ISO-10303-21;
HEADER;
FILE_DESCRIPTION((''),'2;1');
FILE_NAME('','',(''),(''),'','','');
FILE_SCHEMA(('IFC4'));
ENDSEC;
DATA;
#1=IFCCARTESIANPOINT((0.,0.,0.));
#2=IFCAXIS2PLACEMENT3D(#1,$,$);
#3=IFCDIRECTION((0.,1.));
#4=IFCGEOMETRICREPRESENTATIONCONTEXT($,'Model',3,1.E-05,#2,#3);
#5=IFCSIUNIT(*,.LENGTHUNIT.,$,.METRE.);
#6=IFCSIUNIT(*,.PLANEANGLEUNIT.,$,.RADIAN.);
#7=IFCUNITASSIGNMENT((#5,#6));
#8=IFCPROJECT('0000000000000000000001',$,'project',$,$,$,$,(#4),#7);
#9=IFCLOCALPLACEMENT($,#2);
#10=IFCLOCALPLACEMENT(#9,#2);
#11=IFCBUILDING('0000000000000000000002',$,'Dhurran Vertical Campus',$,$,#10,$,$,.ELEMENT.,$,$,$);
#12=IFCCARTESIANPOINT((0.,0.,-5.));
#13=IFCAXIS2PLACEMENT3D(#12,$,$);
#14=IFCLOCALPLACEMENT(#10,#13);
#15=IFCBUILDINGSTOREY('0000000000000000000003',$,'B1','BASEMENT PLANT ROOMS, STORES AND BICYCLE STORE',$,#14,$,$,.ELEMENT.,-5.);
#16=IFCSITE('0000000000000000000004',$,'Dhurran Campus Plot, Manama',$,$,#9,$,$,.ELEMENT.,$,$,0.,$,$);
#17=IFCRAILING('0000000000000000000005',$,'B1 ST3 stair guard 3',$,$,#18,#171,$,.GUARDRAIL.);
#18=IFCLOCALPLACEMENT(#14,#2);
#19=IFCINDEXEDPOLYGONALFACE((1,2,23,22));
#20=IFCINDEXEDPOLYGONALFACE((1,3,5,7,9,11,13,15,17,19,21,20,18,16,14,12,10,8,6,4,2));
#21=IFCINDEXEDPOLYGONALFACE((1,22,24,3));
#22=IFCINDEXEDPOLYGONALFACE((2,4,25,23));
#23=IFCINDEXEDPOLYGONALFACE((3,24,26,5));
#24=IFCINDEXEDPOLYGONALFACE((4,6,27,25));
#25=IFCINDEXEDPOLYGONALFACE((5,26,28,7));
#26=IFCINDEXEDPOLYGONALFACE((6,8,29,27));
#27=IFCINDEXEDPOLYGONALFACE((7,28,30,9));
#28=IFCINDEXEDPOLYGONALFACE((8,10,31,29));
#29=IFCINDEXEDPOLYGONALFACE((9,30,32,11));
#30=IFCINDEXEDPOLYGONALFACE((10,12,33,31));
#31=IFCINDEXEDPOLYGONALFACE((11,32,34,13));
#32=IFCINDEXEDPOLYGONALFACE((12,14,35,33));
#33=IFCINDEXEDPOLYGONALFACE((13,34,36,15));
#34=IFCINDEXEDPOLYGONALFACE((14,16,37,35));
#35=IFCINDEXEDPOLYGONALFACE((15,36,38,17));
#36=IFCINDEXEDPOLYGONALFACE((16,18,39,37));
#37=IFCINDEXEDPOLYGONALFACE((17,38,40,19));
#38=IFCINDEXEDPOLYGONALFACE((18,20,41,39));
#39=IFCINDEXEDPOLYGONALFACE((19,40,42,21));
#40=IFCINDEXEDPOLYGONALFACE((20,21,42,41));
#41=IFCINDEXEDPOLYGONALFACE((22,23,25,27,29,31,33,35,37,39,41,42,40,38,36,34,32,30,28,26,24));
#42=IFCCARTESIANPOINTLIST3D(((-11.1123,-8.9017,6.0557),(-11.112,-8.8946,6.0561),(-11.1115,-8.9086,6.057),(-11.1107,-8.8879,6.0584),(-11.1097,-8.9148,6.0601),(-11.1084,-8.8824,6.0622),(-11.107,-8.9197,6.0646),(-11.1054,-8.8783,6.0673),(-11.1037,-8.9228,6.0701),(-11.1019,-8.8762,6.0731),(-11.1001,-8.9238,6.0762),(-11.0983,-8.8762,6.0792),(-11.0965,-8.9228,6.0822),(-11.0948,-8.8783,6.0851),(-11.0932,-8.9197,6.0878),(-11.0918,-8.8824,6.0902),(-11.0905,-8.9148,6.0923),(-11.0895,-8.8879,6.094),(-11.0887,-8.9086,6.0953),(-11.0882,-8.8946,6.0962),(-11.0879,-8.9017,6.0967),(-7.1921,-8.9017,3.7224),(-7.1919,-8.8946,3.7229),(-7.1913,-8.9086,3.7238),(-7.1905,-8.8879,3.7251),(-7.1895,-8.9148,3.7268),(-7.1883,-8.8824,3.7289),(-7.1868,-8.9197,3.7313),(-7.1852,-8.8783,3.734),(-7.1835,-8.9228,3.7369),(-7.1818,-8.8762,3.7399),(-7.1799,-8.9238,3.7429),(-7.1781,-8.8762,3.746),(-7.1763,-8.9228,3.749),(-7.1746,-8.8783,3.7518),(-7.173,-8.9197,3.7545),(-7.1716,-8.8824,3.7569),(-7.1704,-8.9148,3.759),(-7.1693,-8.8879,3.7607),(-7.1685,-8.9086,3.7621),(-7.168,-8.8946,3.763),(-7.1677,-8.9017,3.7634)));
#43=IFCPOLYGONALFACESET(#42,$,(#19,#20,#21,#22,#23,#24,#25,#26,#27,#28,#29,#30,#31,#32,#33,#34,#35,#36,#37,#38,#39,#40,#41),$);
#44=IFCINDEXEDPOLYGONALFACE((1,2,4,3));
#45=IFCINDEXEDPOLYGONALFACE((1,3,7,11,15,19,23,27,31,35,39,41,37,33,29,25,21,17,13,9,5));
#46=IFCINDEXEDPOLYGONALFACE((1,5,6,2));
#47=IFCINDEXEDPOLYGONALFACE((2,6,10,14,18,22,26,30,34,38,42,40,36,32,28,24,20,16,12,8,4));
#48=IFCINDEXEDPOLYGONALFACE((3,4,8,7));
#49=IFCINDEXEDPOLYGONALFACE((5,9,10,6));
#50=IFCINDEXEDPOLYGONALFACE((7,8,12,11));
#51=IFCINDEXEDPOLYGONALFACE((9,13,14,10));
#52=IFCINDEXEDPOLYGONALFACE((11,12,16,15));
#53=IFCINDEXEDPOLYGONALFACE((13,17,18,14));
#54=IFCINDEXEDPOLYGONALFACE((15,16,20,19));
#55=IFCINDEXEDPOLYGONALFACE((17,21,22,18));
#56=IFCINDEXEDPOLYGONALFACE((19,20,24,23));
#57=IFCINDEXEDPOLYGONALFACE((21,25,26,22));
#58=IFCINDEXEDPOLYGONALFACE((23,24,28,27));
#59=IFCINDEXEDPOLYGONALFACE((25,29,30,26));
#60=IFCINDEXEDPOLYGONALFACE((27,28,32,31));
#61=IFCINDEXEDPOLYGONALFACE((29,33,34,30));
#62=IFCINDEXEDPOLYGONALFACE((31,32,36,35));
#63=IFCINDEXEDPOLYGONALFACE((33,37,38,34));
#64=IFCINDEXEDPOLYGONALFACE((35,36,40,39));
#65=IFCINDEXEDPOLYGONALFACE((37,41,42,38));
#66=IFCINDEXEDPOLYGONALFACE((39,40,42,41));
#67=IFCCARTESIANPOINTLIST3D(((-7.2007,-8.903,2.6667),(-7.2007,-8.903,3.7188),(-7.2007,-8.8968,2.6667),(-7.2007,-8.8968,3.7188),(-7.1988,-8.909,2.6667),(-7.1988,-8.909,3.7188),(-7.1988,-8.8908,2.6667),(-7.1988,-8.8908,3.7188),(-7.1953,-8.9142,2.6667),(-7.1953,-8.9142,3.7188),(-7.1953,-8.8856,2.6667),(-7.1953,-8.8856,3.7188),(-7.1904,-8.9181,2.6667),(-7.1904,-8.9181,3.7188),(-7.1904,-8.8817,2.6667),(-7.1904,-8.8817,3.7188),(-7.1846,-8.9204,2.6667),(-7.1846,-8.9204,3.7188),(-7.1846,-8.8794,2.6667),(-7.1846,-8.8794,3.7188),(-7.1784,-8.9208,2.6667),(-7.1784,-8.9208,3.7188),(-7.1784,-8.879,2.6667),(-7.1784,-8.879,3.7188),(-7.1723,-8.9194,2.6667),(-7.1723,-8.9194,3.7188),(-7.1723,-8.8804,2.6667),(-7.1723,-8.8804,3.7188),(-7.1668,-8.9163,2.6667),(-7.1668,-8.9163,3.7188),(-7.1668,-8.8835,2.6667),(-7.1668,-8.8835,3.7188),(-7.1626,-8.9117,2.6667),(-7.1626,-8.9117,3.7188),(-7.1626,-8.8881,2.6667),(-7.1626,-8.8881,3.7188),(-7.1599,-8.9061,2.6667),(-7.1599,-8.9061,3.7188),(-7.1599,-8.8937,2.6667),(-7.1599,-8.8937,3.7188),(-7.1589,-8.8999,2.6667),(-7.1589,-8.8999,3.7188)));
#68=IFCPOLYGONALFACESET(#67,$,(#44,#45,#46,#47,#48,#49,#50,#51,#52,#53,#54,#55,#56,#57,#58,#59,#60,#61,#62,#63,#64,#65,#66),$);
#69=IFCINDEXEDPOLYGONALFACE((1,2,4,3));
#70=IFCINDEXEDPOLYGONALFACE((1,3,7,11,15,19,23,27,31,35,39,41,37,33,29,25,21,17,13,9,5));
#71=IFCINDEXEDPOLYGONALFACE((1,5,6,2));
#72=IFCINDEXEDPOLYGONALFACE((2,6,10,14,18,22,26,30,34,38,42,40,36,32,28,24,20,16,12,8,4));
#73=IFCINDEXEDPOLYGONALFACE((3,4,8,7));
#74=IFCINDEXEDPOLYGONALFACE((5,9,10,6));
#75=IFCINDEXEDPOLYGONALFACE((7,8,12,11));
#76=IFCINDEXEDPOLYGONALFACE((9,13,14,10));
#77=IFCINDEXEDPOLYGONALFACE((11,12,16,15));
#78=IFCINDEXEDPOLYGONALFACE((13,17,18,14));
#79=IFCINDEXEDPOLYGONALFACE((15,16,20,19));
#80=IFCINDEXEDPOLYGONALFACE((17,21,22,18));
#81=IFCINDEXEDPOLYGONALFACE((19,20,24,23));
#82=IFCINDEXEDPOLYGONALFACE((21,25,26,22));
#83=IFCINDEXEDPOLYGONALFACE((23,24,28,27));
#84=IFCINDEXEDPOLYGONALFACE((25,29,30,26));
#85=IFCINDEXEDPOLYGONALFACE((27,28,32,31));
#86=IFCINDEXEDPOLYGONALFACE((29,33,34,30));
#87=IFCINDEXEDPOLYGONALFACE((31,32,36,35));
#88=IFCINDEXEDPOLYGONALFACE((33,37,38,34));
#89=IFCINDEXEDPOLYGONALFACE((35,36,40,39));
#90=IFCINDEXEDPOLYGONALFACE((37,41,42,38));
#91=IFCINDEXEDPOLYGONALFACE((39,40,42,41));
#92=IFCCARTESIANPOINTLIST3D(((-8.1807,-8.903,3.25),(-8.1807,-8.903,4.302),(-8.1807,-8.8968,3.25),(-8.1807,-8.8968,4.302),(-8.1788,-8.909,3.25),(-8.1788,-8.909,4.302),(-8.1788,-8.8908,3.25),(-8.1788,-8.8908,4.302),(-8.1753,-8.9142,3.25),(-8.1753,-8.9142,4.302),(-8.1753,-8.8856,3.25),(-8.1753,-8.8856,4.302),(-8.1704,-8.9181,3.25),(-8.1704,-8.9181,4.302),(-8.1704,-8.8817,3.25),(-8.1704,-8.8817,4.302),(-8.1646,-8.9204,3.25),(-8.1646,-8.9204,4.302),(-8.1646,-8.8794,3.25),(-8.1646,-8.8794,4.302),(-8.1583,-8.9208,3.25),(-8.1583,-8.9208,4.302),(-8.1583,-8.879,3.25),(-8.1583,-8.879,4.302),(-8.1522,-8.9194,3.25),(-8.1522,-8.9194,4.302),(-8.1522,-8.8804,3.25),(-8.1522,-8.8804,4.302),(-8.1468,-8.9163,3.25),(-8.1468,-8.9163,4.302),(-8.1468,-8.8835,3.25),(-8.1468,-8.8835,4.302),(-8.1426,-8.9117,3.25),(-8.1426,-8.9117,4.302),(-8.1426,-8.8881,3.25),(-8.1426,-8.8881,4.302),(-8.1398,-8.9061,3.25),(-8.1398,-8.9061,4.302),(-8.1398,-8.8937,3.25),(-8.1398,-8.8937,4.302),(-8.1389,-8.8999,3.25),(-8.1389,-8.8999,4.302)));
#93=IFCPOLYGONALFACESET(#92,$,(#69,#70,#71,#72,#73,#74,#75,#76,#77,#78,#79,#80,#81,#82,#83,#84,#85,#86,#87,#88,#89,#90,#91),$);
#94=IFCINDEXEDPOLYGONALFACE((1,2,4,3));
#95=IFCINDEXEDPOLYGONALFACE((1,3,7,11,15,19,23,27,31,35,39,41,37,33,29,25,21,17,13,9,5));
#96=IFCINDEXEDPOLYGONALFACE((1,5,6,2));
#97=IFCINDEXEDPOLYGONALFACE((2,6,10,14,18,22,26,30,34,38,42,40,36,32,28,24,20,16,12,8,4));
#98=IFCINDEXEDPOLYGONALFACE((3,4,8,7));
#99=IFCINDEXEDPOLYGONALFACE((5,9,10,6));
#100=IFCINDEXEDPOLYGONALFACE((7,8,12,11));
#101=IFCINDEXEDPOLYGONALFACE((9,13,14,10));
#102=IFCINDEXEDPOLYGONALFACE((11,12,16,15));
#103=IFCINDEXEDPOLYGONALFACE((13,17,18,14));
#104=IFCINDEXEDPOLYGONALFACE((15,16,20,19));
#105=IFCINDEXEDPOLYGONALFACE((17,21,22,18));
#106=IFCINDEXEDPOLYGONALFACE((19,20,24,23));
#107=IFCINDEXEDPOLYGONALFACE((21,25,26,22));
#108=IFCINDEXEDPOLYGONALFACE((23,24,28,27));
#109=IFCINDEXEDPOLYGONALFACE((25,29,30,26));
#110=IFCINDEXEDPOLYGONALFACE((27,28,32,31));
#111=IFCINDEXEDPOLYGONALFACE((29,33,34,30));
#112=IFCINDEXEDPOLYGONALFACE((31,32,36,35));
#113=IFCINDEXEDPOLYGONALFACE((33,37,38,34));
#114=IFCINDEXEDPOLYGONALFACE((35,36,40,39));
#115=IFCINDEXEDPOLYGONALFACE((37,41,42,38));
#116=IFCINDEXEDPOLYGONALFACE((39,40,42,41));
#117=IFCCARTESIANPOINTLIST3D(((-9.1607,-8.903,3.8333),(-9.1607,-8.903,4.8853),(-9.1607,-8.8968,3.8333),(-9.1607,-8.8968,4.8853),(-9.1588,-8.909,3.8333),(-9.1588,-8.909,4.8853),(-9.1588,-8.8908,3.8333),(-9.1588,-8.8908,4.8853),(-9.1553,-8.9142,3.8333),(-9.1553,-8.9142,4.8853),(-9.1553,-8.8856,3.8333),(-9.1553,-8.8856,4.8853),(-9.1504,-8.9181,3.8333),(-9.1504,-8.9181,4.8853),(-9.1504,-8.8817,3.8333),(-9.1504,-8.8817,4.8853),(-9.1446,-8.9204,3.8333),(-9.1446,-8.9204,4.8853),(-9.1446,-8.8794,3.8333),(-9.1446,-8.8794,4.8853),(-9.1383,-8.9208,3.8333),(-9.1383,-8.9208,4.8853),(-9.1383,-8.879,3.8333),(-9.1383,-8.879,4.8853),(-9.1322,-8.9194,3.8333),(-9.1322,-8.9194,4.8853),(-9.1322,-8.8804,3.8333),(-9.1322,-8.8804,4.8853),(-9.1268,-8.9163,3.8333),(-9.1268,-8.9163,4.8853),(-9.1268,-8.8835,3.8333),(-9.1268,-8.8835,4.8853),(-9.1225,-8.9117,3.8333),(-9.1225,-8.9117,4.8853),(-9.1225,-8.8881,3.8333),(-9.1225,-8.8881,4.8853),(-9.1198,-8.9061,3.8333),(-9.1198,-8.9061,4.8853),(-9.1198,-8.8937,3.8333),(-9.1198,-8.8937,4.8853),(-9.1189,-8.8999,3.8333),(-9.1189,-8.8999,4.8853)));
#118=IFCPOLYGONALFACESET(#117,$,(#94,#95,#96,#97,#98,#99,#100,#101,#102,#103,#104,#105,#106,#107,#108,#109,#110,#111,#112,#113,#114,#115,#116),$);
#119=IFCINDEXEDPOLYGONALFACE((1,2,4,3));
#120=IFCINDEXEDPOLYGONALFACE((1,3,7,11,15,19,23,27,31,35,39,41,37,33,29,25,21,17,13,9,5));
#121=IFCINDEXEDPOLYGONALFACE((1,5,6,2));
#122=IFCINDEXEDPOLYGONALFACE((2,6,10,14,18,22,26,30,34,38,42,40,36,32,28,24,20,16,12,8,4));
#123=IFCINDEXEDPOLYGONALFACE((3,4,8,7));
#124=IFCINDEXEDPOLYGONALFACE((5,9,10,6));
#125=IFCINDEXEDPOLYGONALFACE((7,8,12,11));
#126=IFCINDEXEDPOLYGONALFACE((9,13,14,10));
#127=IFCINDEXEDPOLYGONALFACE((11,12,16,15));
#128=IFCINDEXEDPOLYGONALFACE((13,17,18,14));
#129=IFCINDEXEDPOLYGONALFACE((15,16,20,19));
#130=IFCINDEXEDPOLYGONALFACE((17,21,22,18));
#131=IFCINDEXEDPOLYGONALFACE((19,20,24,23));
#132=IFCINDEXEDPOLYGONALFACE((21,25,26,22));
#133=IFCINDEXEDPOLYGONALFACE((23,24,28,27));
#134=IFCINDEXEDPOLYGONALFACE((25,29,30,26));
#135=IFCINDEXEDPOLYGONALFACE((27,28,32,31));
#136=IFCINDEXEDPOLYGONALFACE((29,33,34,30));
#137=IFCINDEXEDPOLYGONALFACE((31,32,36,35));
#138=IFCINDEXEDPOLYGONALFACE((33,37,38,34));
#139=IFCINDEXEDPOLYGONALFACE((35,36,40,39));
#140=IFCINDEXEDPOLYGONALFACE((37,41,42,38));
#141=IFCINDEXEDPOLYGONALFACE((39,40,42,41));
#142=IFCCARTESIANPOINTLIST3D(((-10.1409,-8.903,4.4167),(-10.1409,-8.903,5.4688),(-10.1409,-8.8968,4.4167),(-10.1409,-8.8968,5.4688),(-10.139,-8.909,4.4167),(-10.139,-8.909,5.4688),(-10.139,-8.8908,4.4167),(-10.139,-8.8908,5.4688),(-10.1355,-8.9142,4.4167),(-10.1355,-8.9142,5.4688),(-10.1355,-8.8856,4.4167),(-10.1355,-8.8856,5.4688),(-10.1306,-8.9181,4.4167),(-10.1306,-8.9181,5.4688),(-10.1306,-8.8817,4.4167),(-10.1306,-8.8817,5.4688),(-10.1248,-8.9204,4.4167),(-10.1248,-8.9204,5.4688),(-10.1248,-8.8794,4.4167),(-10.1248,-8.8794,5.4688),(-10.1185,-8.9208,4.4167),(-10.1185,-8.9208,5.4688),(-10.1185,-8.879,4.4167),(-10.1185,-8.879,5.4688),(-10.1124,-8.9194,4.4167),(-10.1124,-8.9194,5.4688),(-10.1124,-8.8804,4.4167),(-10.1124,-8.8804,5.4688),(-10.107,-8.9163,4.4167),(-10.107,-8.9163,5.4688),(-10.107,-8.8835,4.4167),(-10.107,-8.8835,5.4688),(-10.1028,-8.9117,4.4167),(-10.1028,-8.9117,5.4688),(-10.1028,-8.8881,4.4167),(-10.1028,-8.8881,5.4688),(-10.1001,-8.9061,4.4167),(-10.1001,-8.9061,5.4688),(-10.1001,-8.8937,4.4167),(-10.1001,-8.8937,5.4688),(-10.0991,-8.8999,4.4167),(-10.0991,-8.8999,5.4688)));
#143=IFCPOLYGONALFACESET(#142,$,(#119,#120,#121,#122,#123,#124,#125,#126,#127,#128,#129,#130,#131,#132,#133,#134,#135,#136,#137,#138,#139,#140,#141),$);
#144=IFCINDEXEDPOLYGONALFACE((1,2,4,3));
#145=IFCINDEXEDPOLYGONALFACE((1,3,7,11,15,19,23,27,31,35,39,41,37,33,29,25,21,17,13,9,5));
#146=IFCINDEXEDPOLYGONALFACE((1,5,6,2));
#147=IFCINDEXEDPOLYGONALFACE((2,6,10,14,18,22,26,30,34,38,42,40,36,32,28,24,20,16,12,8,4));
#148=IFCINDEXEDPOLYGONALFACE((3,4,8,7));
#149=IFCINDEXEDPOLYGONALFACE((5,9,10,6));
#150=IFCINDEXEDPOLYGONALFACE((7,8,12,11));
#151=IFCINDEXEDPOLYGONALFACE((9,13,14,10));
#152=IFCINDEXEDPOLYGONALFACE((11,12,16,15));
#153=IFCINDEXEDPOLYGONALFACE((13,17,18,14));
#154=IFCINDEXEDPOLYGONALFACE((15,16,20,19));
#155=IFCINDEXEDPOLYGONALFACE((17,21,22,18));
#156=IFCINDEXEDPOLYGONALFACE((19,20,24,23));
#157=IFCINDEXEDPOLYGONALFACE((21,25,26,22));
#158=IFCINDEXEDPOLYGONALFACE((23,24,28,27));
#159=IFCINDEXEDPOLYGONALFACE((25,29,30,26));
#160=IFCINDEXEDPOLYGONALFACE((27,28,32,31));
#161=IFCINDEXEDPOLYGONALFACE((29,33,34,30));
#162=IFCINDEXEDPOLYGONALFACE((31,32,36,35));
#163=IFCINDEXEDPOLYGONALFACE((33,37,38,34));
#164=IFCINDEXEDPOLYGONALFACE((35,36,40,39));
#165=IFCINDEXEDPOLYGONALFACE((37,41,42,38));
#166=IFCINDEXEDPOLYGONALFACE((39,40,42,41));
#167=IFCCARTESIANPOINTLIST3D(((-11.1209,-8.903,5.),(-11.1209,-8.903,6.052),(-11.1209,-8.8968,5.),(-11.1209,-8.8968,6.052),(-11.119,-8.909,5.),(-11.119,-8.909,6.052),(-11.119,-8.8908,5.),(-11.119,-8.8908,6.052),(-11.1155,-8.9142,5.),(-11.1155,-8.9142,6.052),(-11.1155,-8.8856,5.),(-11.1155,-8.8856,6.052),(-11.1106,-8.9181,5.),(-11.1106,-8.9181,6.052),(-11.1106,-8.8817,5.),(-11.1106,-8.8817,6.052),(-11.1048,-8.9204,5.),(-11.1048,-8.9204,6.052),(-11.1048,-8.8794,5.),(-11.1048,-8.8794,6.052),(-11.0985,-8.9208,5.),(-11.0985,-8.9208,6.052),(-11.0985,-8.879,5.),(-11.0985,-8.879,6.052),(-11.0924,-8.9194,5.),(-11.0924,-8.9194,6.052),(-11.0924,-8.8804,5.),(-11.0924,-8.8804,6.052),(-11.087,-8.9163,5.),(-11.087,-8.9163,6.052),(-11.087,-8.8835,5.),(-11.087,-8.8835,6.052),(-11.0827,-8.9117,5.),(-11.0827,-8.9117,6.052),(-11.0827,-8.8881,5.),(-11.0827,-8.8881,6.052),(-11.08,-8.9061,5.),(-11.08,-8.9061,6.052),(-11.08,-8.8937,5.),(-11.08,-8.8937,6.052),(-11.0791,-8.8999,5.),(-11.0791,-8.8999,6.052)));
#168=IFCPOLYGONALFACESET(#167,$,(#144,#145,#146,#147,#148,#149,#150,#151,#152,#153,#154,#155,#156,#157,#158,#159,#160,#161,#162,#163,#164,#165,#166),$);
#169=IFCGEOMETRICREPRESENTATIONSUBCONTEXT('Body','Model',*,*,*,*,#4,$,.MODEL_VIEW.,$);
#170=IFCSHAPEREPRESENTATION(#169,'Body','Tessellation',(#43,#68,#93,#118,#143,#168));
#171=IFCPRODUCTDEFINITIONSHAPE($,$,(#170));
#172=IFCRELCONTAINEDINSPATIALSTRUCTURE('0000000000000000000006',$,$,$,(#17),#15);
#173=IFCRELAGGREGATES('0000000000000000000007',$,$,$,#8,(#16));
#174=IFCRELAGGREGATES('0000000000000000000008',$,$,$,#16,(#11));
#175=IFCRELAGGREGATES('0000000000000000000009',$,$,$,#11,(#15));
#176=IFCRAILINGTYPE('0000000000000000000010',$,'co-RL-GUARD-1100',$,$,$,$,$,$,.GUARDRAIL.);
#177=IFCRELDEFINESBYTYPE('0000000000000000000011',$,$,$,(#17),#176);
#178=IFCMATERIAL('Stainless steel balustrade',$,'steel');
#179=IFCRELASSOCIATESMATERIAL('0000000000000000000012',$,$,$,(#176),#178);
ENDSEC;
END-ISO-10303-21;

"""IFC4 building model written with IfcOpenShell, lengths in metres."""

from ifc_helpers import new_model, si_unit, direction, frame, origin, origin_2d, place, context, subcontext, project, spatial, circle, extrude, material, type_object, element, save


model = new_model("IFC4")

# Units and contexts
model_context = context("Model", 3, precision=1e-05, world=origin(), true_north=direction((0.0, 1.0)))
body_context = subcontext(model_context, "Body", "Model", "MODEL_VIEW")
ifc_project = project(units=[si_unit("LENGTHUNIT", "METRE"), si_unit("PLANEANGLEUNIT", "RADIAN")], contexts=[model_context])

# Site, building, storey
site_placement = place(None, origin())
site = spatial("IfcSite", under=ifc_project, at=site_placement, Name="Dhurran Campus Plot, Manama", CompositionType="ELEMENT", RefElevation=0.0)
building_placement = place(site_placement, origin())
building = spatial("IfcBuilding", under=site, at=building_placement, Name="Dhurran Vertical Campus", CompositionType="ELEMENT")
storey_placement = place(building_placement, frame((0.0, 0.0, -5.0)))
storey = spatial("IfcBuildingStorey", under=building, at=storey_placement, Name="B1", Description="BASEMENT PLANT ROOMS, STORES AND BICYCLE STORE", CompositionType="ELEMENT", Elevation=-5.0)

# Railing
ifc_material_1 = material(Name="Stainless steel balustrade", Category="steel")
railing_type_1 = type_object("IfcRailingType", Name="co-RL-GUARD-1100", PredefinedType="GUARDRAIL", material=ifc_material_1)
railing_1_placement = place(storey_placement, frame((-7.1799, -8.8999, 2.6667)))
element("IfcRailing", 1, at=railing_1_placement, inside=storey, type_object=railing_type_1, Name="B1 ST3 stair guard 3", PredefinedType="GUARDRAIL", context=body_context, shape_type="SweptSolid", body=[
    extrude(circle(Radius=0.0239, at=origin_2d()), frame((0.0, 0.0, 1.0762), z_axis=(-0.85931, 0.0, 0.511455), x_axis=(0.0, -1.0, 0.0)), (0.0, 0.0, 1.0), 4.562),
    extrude(circle(Radius=0.021, at=origin_2d()), origin(), (0.0, 0.0, 1.0), 1.052),
    extrude(circle(Radius=0.021, at=origin_2d()), frame((-0.98, 0.0, 0.5833)), (0.0, 0.0, 1.0), 1.052),
    extrude(circle(Radius=0.021, at=origin_2d()), frame((-1.96, 0.0, 1.1665)), (0.0, 0.0, 1.0), 1.052),
    extrude(circle(Radius=0.021, at=origin_2d()), frame((-2.9402, 0.0, 1.75)), (0.0, 0.0, 1.0), 1.052),
    extrude(circle(Radius=0.021, at=origin_2d()), frame((-3.9202, 0.0, 2.3333)), (0.0, 0.0, 1.0), 1.052),
])

save(model, "model.ifc")
